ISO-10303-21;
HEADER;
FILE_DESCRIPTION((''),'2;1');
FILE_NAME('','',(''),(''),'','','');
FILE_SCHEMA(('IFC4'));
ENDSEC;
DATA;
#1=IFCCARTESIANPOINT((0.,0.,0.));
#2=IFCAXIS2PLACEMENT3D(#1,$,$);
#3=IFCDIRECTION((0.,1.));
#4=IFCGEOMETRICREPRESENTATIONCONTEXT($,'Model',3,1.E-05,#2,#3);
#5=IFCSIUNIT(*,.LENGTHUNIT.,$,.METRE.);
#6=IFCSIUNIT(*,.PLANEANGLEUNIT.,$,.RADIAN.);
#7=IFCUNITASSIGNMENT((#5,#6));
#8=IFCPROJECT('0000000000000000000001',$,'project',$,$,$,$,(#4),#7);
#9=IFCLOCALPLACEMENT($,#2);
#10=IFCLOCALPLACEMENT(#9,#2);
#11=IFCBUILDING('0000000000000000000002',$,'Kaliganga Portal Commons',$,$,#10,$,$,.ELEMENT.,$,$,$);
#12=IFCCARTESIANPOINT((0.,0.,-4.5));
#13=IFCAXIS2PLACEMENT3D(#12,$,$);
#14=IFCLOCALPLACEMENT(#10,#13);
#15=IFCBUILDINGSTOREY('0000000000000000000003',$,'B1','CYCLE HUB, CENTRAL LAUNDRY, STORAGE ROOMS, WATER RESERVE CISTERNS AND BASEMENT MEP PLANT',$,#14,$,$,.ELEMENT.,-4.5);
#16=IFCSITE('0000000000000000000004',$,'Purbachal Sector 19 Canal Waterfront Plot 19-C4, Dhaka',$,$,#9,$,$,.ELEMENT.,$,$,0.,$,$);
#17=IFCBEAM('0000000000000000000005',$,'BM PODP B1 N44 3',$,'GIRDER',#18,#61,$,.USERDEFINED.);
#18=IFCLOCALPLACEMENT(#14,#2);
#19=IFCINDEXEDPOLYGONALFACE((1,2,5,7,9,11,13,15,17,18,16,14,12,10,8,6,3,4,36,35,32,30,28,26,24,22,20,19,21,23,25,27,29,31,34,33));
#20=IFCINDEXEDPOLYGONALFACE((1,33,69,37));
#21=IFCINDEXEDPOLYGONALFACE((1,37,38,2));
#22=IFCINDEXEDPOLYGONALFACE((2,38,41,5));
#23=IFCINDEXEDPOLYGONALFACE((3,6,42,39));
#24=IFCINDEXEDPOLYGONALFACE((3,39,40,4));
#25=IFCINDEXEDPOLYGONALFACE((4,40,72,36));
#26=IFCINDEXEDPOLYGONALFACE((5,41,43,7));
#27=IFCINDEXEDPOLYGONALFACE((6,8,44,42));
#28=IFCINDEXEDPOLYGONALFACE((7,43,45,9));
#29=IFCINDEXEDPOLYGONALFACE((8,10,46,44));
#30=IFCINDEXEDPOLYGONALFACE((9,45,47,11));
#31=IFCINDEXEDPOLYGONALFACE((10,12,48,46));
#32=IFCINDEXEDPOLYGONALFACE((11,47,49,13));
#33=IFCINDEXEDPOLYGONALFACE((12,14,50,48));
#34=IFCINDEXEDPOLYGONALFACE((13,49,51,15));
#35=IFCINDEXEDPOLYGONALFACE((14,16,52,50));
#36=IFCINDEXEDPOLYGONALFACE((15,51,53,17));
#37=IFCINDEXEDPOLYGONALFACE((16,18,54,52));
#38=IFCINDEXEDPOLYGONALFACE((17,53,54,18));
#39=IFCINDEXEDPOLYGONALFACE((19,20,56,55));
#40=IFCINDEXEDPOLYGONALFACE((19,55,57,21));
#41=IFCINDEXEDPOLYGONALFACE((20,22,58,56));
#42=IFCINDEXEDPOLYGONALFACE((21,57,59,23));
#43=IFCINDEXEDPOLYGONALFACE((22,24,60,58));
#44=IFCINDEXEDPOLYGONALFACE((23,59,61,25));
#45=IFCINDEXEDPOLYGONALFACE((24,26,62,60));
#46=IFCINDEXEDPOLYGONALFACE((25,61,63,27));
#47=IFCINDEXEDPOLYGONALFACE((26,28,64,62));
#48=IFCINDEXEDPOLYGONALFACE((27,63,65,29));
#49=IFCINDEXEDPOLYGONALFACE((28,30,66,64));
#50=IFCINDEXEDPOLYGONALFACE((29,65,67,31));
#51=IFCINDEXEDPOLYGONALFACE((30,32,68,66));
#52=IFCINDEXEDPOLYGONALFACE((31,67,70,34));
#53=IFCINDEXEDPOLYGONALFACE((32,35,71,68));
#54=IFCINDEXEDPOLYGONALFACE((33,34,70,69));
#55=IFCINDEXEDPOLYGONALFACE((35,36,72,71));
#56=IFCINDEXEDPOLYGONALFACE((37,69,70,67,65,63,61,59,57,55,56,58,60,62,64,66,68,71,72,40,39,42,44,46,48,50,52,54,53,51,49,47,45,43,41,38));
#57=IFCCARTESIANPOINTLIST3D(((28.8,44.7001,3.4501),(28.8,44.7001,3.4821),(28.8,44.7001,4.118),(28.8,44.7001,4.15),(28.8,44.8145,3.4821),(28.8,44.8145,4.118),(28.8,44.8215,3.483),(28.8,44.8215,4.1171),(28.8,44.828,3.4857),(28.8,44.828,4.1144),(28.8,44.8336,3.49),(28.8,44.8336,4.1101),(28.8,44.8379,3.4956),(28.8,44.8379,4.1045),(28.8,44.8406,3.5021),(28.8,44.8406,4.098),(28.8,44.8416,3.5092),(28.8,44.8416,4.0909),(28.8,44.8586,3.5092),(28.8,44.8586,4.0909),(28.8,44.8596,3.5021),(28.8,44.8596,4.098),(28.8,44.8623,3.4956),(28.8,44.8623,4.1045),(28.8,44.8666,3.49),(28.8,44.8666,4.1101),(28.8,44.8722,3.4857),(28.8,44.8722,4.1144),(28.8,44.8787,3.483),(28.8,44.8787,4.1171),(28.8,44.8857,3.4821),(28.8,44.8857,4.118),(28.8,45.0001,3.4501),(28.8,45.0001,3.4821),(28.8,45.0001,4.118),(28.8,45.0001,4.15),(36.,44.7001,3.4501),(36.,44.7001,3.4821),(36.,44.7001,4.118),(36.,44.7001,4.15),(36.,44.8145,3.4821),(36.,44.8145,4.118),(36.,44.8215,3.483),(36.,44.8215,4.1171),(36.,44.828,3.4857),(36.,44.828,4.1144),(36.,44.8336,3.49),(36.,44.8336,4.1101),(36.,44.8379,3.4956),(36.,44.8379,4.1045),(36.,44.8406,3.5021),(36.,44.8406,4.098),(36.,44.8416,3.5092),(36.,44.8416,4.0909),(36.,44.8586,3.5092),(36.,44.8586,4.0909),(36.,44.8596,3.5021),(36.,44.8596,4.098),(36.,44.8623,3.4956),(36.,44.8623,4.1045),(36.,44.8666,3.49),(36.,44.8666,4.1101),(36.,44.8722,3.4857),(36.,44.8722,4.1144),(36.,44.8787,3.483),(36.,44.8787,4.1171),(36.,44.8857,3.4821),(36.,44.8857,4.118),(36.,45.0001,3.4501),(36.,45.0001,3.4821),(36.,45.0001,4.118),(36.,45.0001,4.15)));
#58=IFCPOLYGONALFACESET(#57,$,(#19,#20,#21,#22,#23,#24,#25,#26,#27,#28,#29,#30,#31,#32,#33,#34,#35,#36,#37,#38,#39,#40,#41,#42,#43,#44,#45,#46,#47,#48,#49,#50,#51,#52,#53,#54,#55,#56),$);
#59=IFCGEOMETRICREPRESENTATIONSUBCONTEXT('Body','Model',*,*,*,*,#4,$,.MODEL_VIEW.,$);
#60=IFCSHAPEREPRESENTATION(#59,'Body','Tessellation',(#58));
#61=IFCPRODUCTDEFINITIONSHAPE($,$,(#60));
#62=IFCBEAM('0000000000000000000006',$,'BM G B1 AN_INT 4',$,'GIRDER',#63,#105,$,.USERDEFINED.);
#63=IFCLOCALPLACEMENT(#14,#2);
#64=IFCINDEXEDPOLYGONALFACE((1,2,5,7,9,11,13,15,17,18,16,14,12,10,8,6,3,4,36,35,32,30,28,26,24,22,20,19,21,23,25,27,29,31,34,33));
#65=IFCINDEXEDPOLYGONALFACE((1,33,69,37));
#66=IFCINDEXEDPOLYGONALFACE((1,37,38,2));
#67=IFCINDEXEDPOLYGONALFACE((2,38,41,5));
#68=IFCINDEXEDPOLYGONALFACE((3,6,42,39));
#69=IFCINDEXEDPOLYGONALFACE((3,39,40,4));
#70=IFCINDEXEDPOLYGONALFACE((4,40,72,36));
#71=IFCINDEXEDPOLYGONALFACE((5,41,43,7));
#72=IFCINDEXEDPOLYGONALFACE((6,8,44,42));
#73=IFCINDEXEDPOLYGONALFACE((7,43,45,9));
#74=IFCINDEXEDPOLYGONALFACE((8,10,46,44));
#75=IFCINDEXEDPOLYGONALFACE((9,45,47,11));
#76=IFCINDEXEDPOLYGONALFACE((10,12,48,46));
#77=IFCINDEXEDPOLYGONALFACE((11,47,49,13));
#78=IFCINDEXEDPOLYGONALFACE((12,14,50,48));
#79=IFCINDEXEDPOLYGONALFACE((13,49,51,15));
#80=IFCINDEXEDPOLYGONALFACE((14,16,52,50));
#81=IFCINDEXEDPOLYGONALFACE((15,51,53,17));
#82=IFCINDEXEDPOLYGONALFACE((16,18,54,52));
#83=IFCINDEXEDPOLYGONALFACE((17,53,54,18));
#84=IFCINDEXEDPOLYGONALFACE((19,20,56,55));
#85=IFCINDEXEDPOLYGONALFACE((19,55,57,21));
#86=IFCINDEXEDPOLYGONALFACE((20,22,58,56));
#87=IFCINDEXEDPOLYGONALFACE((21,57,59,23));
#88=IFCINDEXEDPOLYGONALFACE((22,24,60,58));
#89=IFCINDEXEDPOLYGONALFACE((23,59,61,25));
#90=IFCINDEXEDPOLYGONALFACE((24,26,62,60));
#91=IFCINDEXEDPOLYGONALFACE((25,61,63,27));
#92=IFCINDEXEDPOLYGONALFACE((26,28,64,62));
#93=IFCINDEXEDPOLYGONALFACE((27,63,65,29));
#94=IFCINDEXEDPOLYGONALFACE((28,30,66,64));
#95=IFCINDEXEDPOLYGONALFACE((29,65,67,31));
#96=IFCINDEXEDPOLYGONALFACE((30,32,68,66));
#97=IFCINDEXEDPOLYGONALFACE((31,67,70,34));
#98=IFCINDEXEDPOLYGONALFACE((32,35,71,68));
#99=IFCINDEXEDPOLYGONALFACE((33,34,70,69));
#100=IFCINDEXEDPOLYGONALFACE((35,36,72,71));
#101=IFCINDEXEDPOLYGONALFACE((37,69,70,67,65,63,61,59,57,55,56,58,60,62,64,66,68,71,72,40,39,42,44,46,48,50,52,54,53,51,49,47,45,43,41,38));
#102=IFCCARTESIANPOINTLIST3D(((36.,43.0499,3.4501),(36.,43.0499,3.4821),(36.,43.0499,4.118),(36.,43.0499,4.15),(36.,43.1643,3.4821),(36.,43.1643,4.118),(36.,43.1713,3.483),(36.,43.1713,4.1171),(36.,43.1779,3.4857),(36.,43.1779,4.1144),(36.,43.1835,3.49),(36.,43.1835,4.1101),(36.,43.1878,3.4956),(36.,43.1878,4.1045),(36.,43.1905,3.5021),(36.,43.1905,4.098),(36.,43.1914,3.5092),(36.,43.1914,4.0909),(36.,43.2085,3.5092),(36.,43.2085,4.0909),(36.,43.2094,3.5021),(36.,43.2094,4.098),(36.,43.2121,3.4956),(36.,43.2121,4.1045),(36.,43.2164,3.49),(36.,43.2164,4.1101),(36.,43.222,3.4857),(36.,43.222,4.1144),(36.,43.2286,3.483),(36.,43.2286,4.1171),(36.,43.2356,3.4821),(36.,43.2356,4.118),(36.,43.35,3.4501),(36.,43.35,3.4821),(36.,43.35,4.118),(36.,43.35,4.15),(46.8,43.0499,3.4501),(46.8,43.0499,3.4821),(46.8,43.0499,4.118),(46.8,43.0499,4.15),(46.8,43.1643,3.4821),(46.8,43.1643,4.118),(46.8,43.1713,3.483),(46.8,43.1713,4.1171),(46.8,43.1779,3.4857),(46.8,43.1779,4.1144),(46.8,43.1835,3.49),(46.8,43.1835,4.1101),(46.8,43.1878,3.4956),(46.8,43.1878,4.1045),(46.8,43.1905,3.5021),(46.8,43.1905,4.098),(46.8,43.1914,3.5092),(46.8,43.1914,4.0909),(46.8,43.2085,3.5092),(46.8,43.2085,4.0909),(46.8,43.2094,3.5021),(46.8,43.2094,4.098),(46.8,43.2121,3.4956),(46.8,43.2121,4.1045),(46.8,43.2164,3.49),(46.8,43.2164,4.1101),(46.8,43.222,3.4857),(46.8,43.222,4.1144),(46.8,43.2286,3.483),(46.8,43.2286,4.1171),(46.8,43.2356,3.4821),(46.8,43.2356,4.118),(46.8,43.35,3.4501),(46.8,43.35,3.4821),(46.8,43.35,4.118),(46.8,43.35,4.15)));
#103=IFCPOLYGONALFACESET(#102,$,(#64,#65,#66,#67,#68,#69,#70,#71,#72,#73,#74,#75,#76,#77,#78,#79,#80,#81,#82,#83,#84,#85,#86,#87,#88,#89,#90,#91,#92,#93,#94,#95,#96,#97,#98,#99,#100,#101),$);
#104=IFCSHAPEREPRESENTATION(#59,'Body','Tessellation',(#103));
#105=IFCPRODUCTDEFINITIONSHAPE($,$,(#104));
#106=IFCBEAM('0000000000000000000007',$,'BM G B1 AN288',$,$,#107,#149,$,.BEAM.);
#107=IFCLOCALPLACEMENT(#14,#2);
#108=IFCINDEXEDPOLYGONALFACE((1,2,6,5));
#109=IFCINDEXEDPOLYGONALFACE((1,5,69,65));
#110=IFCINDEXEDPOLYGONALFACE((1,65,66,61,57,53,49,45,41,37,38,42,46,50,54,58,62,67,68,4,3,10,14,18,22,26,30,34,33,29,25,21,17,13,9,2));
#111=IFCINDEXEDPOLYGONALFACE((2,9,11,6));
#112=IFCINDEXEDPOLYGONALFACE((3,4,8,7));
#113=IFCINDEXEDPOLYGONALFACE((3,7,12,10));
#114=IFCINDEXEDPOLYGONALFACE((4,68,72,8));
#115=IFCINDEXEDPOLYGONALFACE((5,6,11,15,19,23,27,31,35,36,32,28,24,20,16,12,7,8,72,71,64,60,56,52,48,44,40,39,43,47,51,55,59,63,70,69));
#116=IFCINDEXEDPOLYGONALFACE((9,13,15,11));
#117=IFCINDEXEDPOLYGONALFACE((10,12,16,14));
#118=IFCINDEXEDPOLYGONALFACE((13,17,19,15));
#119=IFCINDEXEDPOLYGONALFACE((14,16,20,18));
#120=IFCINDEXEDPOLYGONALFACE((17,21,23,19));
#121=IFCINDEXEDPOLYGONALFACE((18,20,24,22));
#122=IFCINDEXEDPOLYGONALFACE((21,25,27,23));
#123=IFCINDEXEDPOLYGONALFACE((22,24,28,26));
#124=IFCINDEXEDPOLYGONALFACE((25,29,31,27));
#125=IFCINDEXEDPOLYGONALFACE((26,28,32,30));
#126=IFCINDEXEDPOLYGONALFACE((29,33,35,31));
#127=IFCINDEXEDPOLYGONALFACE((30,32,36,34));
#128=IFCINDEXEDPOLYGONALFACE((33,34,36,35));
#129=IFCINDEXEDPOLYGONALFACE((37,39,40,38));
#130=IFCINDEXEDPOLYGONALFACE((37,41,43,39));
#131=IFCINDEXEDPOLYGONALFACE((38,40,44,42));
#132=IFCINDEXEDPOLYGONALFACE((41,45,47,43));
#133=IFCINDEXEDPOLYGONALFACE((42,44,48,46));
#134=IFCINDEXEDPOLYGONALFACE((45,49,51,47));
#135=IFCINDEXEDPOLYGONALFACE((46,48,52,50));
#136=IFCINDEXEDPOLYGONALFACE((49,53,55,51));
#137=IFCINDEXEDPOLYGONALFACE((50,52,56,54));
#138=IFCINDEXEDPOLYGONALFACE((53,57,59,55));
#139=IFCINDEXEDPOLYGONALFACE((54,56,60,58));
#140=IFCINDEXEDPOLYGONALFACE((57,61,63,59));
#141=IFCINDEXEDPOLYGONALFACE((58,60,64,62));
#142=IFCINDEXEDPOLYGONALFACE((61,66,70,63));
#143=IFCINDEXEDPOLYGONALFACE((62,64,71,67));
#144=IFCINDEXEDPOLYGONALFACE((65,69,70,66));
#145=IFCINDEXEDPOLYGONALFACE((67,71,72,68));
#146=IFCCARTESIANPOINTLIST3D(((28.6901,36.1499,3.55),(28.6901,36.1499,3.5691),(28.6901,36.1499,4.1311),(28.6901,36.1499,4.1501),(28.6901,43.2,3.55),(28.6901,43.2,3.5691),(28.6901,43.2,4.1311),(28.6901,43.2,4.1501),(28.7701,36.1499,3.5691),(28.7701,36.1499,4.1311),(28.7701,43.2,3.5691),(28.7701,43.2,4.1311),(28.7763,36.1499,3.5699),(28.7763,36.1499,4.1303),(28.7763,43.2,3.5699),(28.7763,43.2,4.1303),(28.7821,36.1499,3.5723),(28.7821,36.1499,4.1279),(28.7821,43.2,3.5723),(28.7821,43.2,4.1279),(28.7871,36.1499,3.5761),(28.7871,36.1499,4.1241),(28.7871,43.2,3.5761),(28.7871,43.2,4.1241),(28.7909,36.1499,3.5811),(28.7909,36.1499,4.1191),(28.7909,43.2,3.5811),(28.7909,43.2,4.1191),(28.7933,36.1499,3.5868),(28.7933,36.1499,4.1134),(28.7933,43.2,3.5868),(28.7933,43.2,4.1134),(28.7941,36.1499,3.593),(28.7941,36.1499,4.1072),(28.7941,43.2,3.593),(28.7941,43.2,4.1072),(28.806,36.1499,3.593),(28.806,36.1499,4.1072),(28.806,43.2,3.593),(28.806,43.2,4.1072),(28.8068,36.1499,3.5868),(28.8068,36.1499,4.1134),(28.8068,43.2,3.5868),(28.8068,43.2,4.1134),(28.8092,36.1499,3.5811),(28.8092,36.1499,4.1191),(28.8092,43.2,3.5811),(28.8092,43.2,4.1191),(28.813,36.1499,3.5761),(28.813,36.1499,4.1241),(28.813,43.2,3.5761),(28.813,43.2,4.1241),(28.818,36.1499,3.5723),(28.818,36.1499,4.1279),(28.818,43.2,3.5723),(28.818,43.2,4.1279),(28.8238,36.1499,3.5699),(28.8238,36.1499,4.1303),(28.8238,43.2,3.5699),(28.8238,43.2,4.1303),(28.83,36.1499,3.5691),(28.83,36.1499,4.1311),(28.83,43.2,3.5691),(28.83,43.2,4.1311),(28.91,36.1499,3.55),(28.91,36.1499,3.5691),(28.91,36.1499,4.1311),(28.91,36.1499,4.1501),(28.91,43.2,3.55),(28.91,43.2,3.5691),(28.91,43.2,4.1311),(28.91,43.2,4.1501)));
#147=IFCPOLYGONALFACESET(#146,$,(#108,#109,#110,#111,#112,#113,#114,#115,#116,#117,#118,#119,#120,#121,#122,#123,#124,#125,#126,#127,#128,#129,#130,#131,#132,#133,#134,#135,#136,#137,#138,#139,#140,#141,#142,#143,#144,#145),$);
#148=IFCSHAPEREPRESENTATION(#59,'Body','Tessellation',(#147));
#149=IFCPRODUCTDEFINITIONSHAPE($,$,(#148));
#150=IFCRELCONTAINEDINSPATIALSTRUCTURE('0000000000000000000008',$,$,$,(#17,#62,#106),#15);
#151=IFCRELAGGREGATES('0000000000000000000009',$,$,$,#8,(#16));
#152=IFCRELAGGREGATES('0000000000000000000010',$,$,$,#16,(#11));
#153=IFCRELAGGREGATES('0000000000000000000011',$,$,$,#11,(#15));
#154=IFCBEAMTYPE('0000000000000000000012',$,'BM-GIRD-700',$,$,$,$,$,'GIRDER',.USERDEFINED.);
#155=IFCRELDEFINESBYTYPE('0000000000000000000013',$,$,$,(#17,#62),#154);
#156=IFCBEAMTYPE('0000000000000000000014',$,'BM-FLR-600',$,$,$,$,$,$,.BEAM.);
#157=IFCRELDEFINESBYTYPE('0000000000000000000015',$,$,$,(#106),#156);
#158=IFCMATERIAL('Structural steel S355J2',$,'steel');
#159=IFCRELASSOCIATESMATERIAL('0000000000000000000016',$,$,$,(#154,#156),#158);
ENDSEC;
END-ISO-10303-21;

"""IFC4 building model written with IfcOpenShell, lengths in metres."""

from ifc_helpers import new_model, si_unit, direction, frame, origin, origin_2d, place, context, subcontext, project, spatial, i_section, extrude, source, transform, mapped, material, material_profile, profile_set, type_object, element, save


model = new_model("IFC4")

# Units and contexts
model_context = context("Model", 3, precision=1e-05, world=origin(), true_north=direction((0.0, 1.0)))
body_context = subcontext(model_context, "Body", "Model", "MODEL_VIEW")
ifc_project = project(units=[si_unit("LENGTHUNIT", "METRE"), si_unit("PLANEANGLEUNIT", "RADIAN")], contexts=[model_context])

# Site, building, storey
site_placement = place(None, origin())
site = spatial("IfcSite", under=ifc_project, at=site_placement, Name="Purbachal Sector 19 Canal Waterfront Plot 19-C4, Dhaka", CompositionType="ELEMENT", RefElevation=0.0)
building_placement = place(site_placement, origin())
building = spatial("IfcBuilding", under=site, at=building_placement, Name="Kaliganga Portal Commons", CompositionType="ELEMENT")
storey_placement = place(building_placement, frame((0.0, 0.0, -4.5)))
storey = spatial("IfcBuildingStorey", under=building, at=storey_placement, Name="B1", Description="CYCLE HUB, CENTRAL LAUNDRY, STORAGE ROOMS, WATER RESERVE CISTERNS AND BASEMENT MEP PLANT", CompositionType="ELEMENT", Elevation=-4.5)

# Beams
ifc_material_1 = material(Name="Structural steel S355J2", Category="steel")
ifc_material_profile_1 = material_profile(ifc_material_1, i_section(OverallWidth=0.3, OverallDepth=0.7, WebThickness=0.0171, FlangeThickness=0.032, FilletRadius=0.0271, at=origin_2d()), Name="HE 700 B")
ifc_profile_set_1 = profile_set([ifc_material_profile_1], Name="Structural steel S355J2 wide-flange")
beam_type_1 = type_object("IfcBeamType", Name="BM-GIRD-700", ElementType="GIRDER", PredefinedType="USERDEFINED", material=ifc_profile_set_1)
shared_shape_1 = source(origin(), body_context, "Body", "SweptSolid", [
    extrude(i_section(OverallWidth=0.3, OverallDepth=0.7, WebThickness=0.0171, FlangeThickness=0.032, FilletRadius=0.0271, at=origin_2d()), origin(), (0.0, 0.0, 1.0), 7.2),
])
for number, where, z_axis, x_axis, name in (
    (1, (28.8, 44.8501, 3.8), (1.0, 0.0, 0.0), (0.0, 1.0, 0.0), "BM PODP B1 N44 3"),
):
    element("IfcBeam", number, at=place(storey_placement, frame(where, z_axis=z_axis, x_axis=x_axis)), inside=storey, type_object=beam_type_1, Name=name, ObjectType="GIRDER", PredefinedType="USERDEFINED", context=body_context, shape_type="MappedRepresentation", body=[
        mapped(shared_shape_1, transform((0.0, 0.0, 0.0), x_axis=(1.0, 0.0, 0.0), y_axis=(0.0, 1.0, 0.0), z_axis=(0.0, 0.0, 1.0), scale=1.0)),
    ])
shared_shape_2 = source(origin(), body_context, "Body", "SweptSolid", [
    extrude(i_section(OverallWidth=0.3, OverallDepth=0.7, WebThickness=0.0171, FlangeThickness=0.032, FilletRadius=0.0271, at=origin_2d()), origin(), (0.0, 0.0, 1.0), 10.8),
])
beam_1_placement = place(storey_placement, frame((36.0, 43.2, 3.8), z_axis=(1.0, 0.0, 0.0), x_axis=(0.0, 1.0, 0.0)))
element("IfcBeam", 2, at=beam_1_placement, inside=storey, type_object=beam_type_1, Name="BM G B1 AN_INT 4", ObjectType="GIRDER", PredefinedType="USERDEFINED", context=body_context, shape_type="MappedRepresentation", body=[
    mapped(shared_shape_2, transform((0.0, 0.0, 0.0), x_axis=(1.0, 0.0, 0.0), y_axis=(0.0, 1.0, 0.0), z_axis=(0.0, 0.0, 1.0), scale=1.0)),
])
ifc_material_profile_2 = material_profile(ifc_material_1, i_section(OverallWidth=0.22, OverallDepth=0.6001, WebThickness=0.012, FlangeThickness=0.019, FilletRadius=0.0239, at=origin_2d()), Name="IPE 600")
ifc_profile_set_2 = profile_set([ifc_material_profile_2], Name="Structural steel S355J2 wide-flange")
beam_type_2 = type_object("IfcBeamType", Name="BM-FLR-600", PredefinedType="BEAM", material=ifc_profile_set_2)
shared_shape_3 = source(origin(), body_context, "Body", "SweptSolid", [
    extrude(i_section(OverallWidth=0.22, OverallDepth=0.6001, WebThickness=0.012, FlangeThickness=0.019, FilletRadius=0.0239, at=origin_2d()), origin(), (0.0, 0.0, 1.0), 7.05),
])
beam_2_placement = place(storey_placement, frame((28.8, 36.1499, 3.8501), z_axis=(0.0, 1.0, 0.0), x_axis=(-1.0, 0.0, 0.0)))
element("IfcBeam", 3, at=beam_2_placement, inside=storey, type_object=beam_type_2, Name="BM G B1 AN288", PredefinedType="BEAM", context=body_context, shape_type="MappedRepresentation", body=[
    mapped(shared_shape_3, transform((0.0, 0.0, 0.0), x_axis=(1.0, 0.0, 0.0), y_axis=(0.0, 1.0, 0.0), z_axis=(0.0, 0.0, 1.0), scale=1.0)),
])

save(model, "model.ifc")
